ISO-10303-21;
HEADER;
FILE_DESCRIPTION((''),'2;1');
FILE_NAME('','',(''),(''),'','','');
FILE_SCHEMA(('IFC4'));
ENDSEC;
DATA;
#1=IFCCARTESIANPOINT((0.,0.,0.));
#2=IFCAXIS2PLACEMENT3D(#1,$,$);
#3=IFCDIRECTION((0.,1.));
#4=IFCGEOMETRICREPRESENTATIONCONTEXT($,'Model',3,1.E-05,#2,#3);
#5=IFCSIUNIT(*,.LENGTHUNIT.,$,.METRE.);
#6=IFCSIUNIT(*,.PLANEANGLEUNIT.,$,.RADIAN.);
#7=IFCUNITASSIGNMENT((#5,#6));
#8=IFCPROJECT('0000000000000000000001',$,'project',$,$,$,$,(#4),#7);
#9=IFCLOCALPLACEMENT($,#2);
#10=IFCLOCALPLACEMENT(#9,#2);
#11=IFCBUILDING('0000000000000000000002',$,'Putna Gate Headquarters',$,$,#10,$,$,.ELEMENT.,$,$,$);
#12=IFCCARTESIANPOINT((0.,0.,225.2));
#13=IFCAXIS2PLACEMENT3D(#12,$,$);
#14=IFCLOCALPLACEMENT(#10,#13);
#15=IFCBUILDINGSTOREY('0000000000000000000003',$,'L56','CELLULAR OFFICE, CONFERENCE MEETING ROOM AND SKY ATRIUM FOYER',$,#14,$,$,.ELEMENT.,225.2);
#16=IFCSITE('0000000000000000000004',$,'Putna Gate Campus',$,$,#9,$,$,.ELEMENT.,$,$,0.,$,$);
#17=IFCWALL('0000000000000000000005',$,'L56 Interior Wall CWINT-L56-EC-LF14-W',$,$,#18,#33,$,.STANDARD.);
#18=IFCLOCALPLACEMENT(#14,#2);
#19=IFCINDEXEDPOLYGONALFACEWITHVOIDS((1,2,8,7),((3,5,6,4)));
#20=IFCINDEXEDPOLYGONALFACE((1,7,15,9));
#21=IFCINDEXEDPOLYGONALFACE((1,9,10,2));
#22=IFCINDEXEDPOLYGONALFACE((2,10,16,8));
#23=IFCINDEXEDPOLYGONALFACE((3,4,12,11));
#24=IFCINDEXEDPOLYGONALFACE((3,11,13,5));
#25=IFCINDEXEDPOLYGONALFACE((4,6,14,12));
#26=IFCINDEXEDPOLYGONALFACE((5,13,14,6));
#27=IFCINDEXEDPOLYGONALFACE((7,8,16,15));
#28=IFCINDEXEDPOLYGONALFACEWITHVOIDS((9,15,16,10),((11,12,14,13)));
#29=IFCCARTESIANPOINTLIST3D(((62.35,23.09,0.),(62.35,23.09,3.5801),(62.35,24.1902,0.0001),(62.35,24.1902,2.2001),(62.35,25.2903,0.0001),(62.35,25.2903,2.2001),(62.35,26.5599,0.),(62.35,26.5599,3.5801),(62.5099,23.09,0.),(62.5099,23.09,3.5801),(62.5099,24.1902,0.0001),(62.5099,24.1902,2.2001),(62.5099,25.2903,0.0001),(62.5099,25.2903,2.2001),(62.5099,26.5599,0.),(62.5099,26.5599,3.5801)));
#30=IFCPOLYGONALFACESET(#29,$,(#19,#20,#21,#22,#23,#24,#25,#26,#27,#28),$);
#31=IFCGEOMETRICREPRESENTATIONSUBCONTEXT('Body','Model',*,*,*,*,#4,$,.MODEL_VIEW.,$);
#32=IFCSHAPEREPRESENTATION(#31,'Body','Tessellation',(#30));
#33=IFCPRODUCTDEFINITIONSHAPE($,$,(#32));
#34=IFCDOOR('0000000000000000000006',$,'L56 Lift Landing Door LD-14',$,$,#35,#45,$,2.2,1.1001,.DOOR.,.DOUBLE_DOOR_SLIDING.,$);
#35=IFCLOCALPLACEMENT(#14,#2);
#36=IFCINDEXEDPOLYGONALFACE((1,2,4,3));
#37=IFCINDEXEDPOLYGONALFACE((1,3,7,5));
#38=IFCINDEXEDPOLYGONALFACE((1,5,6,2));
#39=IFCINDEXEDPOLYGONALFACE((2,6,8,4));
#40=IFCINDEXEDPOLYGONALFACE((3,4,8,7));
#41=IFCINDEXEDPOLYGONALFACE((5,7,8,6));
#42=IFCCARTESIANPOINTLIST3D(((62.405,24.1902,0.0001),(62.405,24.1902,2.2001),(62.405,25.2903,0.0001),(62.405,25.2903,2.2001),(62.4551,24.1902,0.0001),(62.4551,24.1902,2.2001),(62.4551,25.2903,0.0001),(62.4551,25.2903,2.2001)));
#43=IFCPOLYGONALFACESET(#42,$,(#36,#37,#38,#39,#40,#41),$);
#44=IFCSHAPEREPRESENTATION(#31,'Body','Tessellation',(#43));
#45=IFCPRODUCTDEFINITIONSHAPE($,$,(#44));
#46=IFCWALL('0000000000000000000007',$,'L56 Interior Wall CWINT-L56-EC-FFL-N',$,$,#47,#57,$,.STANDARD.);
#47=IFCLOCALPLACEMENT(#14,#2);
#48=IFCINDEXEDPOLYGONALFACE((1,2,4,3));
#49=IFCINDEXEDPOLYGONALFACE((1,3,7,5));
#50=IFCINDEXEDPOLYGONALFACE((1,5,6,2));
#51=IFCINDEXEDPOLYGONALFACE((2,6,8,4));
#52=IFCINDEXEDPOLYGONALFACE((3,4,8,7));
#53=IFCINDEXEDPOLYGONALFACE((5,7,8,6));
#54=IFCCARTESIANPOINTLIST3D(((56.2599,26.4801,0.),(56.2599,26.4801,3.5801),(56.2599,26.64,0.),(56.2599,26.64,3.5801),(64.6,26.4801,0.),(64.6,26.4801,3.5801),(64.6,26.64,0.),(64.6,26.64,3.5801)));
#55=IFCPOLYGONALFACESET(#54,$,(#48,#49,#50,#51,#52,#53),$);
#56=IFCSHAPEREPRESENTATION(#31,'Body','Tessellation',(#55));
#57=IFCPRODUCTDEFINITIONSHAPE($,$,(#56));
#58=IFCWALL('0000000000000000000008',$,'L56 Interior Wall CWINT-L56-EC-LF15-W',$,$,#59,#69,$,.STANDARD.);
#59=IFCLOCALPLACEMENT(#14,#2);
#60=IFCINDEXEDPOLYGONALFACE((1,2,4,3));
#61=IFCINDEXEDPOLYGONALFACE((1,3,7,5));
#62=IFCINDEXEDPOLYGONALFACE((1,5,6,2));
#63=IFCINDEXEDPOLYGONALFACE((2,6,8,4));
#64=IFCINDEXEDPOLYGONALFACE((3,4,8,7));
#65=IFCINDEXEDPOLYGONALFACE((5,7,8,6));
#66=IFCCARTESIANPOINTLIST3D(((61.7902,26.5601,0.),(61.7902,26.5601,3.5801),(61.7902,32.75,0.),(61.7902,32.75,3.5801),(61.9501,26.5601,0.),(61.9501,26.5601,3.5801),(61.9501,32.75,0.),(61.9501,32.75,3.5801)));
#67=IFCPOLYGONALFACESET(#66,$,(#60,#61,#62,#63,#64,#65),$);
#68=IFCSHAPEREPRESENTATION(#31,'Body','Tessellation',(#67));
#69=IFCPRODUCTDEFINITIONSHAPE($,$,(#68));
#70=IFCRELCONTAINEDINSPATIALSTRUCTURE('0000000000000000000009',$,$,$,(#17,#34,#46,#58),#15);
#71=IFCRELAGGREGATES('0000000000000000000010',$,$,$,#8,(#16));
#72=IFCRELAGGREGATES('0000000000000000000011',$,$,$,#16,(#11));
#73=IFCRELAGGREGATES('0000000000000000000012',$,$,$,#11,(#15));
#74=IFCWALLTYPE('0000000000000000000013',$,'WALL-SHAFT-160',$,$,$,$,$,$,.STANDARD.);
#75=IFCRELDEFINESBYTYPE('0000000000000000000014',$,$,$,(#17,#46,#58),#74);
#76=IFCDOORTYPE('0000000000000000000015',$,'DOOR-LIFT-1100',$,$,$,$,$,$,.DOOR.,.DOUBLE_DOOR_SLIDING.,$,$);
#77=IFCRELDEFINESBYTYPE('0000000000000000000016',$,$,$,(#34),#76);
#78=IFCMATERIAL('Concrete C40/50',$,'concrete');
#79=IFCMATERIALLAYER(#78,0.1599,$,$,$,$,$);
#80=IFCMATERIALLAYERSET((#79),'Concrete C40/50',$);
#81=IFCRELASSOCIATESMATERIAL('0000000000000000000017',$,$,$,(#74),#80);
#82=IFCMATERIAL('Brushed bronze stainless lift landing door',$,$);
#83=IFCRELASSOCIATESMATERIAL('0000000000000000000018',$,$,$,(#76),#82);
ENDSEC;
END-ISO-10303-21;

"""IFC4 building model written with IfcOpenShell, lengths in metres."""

from ifc_helpers import new_model, si_unit, direction, frame, frame_2d, origin, place, context, subcontext, project, spatial, rectangle, extrude, material, layer, layer_set, type_object, element, fill, save


model = new_model("IFC4")

# Units and contexts
model_context = context("Model", 3, precision=1e-05, world=origin(), true_north=direction((0.0, 1.0)))
body_context = subcontext(model_context, "Body", "Model", "MODEL_VIEW")
ifc_project = project(units=[si_unit("LENGTHUNIT", "METRE"), si_unit("PLANEANGLEUNIT", "RADIAN")], contexts=[model_context])

# Site, building, storey
site_placement = place(None, origin())
site = spatial("IfcSite", under=ifc_project, at=site_placement, Name="Putna Gate Campus", CompositionType="ELEMENT", RefElevation=0.0)
building_placement = place(site_placement, origin())
building = spatial("IfcBuilding", under=site, at=building_placement, Name="Putna Gate Headquarters", CompositionType="ELEMENT")
storey_placement = place(building_placement, frame((0.0, 0.0, 225.2)))
storey = spatial("IfcBuildingStorey", under=building, at=storey_placement, Name="L56", Description="CELLULAR OFFICE, CONFERENCE MEETING ROOM AND SKY ATRIUM FOYER", CompositionType="ELEMENT", Elevation=225.2)

# Wall, opening, door
ifc_material_1 = material(Name="Concrete C40/50", Category="concrete")
ifc_layer_1 = layer(ifc_material_1, 0.1599)
ifc_layer_set_1 = layer_set([ifc_layer_1], Name="Concrete C40/50")
wall_type_1 = type_object("IfcWallType", Name="WALL-SHAFT-160", PredefinedType="STANDARD", material=ifc_layer_set_1)
wall_1_placement = place(storey_placement, frame((62.4299, 23.0901, 0.0), z_axis=(0.0, 0.0, 1.0), x_axis=(0.0, 1.0, 0.0)))
wall_1 = element("IfcWall", 1, at=wall_1_placement, inside=storey, type_object=wall_type_1, Name="L56 Interior Wall CWINT-L56-EC-LF14-W", PredefinedType="STANDARD", context=body_context, shape_type="SweptSolid", body=[
    extrude(rectangle(XDim=3.47, YDim=0.1599, at=frame_2d((1.7349, 0.0))), origin(), (0.0, 0.0, 1.0), 3.5801),
])
opening_1_placement = place(wall_1_placement, frame((1.1001, 0.0, 0.0)))
opening_1 = element("IfcOpeningElement", 2, at=opening_1_placement, cuts=wall_1, PredefinedType="OPENING", context=body_context, shape_type="SweptSolid", body=[
    extrude(rectangle(XDim=1.1001, YDim=2.2, at=frame_2d((0.55, 1.1001))), frame((0.0, 0.0898, 0.0), z_axis=(0.0, -1.0, 0.0), x_axis=(1.0, 0.0, 0.0)), (0.0, 0.0, 1.0), 0.1799),
])
ifc_material_2 = material(Name="Brushed bronze stainless lift landing door")
door_type_1 = type_object("IfcDoorType", Name="DOOR-LIFT-1100", OperationType="DOUBLE_DOOR_SLIDING", PredefinedType="DOOR", material=ifc_material_2)
door_1_placement = place(opening_1_placement, origin())
door_1 = element("IfcDoor", 3, at=door_1_placement, inside=storey, type_object=door_type_1, Name="L56 Lift Landing Door LD-14", OperationType="DOUBLE_DOOR_SLIDING", OverallHeight=2.2, OverallWidth=1.1001, PredefinedType="DOOR", context=body_context, shape_type="SweptSolid", body=[
    extrude(rectangle(XDim=1.1001, YDim=2.2, at=frame_2d((0.55, 1.1001))), frame((0.0, 0.0249, 0.0), z_axis=(0.0, -1.0, 0.0), x_axis=(1.0, 0.0, 0.0)), (0.0, 0.0, 1.0), 0.05),
])
fill(opening_1, door_1)

# Walls
wall_2_placement = place(storey_placement, frame((56.26, 26.5601, 0.0), z_axis=(0.0, 0.0, 1.0), x_axis=(1.0, 0.0, 0.0)))
element("IfcWall", 4, at=wall_2_placement, inside=storey, type_object=wall_type_1, Name="L56 Interior Wall CWINT-L56-EC-FFL-N", PredefinedType="STANDARD", context=body_context, shape_type="SweptSolid", body=[
    extrude(rectangle(XDim=8.3401, YDim=0.1599, at=frame_2d((4.1699, 0.0))), origin(), (0.0, 0.0, 1.0), 3.5801),
])
wall_3_placement = place(storey_placement, frame((61.8701, 26.5601, 0.0), z_axis=(0.0, 0.0, 1.0), x_axis=(0.0, 1.0, 0.0)))
element("IfcWall", 5, at=wall_3_placement, inside=storey, type_object=wall_type_1, Name="L56 Interior Wall CWINT-L56-EC-LF15-W", PredefinedType="STANDARD", context=body_context, shape_type="SweptSolid", body=[
    extrude(rectangle(XDim=6.1899, YDim=0.1599, at=frame_2d((3.095, 0.0))), origin(), (0.0, 0.0, 1.0), 3.5801),
])

save(model, "model.ifc")
